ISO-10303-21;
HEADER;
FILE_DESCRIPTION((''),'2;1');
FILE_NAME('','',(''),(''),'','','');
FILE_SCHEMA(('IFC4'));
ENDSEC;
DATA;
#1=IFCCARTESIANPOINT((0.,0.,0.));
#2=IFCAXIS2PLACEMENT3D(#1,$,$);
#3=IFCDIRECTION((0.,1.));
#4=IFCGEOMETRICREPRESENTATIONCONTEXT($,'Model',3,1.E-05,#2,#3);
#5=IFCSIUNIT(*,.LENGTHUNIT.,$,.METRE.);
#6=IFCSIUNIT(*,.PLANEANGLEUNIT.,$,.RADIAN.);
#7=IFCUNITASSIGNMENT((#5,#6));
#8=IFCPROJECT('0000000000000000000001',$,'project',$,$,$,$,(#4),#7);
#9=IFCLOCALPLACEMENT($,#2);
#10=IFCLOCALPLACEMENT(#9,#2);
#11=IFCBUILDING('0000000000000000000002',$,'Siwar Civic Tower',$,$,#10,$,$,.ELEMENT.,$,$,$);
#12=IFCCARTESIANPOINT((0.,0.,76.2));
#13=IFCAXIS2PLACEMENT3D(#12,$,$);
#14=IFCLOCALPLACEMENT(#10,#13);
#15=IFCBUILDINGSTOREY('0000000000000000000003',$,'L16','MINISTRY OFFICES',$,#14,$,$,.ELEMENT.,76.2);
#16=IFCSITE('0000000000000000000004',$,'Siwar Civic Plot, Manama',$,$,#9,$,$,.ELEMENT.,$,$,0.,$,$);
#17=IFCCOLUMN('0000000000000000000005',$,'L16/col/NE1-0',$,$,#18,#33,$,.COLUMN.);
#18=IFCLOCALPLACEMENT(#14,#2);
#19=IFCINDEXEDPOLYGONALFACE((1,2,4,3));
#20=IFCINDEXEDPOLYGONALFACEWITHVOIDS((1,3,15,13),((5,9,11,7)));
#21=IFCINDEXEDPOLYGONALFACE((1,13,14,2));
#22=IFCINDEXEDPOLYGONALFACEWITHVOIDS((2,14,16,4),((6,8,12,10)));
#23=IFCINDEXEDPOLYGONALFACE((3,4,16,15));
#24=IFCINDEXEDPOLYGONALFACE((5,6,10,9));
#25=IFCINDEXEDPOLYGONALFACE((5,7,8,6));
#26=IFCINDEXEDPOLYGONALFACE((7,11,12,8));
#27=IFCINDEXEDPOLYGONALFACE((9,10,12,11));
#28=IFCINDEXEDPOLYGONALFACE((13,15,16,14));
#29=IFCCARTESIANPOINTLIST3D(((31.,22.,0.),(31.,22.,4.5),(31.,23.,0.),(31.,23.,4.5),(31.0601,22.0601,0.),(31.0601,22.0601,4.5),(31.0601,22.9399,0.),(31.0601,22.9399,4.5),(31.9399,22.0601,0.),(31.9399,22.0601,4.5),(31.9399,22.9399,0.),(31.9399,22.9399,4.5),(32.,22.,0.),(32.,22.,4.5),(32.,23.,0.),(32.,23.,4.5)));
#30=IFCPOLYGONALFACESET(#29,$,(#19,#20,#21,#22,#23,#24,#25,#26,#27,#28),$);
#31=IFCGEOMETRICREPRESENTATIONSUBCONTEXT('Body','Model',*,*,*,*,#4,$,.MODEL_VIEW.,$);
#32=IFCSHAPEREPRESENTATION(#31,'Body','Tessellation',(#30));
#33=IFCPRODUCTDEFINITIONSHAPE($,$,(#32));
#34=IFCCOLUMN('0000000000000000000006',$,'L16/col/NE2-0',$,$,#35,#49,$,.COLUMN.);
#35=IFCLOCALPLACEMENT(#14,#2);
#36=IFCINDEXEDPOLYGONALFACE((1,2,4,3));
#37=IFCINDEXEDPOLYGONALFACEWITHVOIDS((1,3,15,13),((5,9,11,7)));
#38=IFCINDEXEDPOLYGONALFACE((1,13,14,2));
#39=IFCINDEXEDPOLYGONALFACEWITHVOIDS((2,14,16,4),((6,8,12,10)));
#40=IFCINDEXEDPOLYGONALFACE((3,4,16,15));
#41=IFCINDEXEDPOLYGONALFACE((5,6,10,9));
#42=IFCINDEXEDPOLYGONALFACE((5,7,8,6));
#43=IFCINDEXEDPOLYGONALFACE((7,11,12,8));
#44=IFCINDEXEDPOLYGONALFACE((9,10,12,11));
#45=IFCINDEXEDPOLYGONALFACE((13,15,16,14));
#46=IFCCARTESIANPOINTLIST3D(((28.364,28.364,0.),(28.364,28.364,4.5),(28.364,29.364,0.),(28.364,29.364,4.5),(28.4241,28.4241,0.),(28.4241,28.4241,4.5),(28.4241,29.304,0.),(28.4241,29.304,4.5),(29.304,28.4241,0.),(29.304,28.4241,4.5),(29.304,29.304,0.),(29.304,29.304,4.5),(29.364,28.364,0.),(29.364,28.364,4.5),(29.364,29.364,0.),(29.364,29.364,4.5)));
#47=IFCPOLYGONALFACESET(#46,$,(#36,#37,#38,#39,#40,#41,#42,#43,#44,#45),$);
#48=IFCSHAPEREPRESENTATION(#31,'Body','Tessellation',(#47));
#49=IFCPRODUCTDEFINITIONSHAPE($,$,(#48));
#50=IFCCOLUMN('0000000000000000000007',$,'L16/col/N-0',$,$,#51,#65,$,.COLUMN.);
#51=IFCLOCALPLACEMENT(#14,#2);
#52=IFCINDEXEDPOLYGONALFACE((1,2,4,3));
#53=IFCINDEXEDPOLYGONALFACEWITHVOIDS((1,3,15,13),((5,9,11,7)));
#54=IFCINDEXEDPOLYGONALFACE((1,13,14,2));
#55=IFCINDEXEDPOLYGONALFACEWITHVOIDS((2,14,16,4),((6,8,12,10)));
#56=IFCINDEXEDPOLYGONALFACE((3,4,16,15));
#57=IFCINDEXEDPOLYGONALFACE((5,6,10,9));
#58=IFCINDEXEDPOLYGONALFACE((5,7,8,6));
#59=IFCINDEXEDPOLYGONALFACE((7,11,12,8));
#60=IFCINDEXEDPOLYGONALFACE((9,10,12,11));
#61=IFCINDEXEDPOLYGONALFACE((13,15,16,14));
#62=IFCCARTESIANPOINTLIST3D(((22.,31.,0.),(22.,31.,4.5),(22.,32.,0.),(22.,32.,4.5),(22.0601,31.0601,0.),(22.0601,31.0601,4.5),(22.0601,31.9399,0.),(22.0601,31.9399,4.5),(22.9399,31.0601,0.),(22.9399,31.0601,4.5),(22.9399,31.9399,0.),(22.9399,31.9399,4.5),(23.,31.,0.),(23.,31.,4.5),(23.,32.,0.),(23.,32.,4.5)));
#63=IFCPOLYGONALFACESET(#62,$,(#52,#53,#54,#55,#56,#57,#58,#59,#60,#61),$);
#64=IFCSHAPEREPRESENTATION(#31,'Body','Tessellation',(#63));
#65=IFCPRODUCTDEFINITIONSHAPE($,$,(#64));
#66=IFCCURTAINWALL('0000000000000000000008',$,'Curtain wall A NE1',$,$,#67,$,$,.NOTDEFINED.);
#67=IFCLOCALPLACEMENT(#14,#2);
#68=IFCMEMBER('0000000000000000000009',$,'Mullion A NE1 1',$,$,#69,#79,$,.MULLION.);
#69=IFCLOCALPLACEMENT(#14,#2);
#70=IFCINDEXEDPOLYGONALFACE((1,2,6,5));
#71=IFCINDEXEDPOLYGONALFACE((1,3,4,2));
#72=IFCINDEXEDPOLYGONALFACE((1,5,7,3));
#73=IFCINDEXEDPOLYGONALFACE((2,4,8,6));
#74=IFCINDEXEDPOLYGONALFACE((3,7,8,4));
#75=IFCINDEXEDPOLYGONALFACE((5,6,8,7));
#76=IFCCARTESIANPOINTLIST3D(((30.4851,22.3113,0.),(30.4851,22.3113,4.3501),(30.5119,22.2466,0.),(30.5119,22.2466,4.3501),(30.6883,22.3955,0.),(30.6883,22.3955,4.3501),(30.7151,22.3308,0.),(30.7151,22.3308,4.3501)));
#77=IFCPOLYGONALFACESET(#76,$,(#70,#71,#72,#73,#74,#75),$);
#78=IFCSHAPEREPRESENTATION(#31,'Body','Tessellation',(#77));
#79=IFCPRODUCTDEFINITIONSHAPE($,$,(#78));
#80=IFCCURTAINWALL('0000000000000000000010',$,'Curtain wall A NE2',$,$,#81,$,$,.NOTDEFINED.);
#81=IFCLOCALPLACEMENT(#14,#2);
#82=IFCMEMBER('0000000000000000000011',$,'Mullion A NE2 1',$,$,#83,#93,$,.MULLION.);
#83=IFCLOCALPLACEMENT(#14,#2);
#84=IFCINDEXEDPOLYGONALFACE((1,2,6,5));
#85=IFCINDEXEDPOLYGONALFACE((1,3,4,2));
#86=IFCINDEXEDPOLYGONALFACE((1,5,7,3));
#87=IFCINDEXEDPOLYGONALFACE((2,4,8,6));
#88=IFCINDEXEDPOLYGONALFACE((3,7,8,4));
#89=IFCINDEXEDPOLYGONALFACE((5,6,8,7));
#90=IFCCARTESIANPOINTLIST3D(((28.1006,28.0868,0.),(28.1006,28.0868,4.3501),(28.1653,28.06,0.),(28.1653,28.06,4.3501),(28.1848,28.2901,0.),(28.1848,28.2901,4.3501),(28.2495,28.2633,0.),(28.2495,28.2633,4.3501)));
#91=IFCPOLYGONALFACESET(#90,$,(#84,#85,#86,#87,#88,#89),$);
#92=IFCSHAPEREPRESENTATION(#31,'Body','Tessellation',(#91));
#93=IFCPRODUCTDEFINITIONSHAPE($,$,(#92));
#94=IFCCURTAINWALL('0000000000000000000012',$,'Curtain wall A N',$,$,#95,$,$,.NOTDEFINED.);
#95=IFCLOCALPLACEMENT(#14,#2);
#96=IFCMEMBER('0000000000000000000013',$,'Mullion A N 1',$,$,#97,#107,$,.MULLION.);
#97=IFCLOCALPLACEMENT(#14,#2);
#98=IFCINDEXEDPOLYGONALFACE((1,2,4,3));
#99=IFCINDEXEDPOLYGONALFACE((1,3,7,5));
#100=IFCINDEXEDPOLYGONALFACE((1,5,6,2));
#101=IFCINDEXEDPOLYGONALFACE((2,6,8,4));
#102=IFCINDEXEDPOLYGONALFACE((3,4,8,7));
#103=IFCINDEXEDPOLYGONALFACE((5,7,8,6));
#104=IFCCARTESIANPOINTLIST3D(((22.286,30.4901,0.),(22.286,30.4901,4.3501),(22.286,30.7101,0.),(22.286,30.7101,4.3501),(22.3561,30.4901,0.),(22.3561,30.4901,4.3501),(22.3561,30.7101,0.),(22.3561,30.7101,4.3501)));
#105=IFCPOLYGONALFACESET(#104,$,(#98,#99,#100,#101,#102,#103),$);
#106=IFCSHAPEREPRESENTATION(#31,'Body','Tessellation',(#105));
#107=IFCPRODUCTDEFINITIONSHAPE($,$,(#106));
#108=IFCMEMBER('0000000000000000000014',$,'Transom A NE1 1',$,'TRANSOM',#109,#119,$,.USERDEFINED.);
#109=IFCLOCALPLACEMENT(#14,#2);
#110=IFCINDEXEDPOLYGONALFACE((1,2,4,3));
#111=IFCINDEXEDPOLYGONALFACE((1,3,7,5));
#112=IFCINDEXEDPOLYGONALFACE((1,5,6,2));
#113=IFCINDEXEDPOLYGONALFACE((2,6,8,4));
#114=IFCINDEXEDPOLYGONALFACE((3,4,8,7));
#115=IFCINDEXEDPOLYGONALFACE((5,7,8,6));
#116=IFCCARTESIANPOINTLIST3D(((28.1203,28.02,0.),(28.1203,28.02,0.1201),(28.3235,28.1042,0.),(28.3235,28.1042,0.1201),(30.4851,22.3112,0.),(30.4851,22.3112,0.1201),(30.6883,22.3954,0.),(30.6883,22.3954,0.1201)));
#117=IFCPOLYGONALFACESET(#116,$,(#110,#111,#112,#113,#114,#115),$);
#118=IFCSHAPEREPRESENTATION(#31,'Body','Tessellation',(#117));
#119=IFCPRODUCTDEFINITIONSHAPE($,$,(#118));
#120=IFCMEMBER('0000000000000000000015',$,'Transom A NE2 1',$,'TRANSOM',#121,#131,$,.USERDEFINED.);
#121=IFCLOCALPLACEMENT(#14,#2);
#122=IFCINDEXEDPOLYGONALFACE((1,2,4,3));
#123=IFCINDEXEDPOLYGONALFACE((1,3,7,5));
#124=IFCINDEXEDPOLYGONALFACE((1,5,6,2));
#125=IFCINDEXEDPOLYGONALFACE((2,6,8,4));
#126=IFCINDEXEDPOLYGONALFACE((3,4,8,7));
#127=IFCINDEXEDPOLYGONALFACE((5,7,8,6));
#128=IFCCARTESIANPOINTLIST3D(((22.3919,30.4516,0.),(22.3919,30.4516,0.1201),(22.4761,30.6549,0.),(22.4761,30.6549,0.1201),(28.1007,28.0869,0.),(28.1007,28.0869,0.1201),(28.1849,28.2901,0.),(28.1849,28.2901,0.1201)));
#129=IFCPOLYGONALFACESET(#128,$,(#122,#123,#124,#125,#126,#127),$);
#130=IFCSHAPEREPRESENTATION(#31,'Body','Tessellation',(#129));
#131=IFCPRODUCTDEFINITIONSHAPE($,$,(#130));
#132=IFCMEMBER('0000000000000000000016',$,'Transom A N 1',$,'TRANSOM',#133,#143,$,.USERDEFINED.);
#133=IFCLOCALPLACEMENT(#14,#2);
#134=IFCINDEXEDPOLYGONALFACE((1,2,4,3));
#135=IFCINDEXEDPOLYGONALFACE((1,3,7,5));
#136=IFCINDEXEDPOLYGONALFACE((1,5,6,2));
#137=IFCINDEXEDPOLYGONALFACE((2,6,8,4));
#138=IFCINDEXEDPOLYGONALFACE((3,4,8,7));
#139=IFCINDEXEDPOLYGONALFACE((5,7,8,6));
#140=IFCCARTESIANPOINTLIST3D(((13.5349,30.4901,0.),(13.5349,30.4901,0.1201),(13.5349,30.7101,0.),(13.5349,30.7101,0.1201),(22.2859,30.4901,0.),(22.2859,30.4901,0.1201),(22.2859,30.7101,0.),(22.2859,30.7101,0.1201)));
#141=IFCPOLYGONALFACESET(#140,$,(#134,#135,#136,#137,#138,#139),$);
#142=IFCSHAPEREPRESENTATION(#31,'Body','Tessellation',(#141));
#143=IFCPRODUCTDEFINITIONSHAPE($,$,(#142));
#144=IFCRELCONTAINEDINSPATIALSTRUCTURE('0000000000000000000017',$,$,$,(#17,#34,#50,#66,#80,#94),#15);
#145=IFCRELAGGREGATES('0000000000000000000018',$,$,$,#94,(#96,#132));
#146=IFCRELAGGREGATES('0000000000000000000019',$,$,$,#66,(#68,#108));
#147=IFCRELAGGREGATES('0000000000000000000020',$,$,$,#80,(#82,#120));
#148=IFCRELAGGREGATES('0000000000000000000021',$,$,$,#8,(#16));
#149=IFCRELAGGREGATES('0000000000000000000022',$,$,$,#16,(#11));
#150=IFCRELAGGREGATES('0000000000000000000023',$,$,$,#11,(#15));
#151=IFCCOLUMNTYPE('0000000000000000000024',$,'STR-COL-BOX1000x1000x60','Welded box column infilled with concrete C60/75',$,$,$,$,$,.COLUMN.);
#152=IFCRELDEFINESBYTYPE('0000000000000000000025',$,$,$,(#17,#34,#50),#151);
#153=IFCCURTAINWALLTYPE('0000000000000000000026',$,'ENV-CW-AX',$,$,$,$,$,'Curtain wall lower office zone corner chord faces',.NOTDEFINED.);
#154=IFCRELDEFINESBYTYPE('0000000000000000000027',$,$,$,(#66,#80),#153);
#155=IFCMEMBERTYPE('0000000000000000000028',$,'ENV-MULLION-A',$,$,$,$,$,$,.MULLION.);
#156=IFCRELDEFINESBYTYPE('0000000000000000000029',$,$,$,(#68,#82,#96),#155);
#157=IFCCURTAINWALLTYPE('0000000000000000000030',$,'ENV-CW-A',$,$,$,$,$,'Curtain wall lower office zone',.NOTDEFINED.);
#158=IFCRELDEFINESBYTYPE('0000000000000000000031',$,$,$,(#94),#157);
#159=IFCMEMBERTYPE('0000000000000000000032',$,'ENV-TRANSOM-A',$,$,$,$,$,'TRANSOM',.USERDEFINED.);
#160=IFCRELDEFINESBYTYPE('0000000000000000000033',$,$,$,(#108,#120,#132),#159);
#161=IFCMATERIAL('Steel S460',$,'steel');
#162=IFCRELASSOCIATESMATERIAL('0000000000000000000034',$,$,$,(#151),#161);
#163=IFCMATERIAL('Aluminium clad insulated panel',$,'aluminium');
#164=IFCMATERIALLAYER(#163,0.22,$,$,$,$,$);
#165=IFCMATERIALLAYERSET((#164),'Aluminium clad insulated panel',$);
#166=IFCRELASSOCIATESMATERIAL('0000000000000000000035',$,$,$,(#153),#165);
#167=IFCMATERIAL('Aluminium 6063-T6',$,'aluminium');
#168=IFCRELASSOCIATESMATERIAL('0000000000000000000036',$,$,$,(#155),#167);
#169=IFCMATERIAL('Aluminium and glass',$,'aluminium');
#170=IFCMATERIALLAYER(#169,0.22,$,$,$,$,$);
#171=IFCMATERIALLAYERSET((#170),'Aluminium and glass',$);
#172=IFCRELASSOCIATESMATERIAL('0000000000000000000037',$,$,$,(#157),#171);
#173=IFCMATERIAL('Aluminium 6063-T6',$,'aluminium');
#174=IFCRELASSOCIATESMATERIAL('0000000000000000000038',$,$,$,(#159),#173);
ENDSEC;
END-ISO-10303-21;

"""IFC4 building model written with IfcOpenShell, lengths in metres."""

from ifc_helpers import new_model, si_unit, direction, frame, origin, origin_2d, place, context, subcontext, project, spatial, rectangle, hollow_rectangle, extrude, material, layer, layer_set, material_profile, profile_set, type_object, element, aggregate, save


model = new_model("IFC4")

# Units and contexts
model_context = context("Model", 3, precision=1e-05, world=origin(), true_north=direction((0.0, 1.0)))
body_context = subcontext(model_context, "Body", "Model", "MODEL_VIEW")
ifc_project = project(units=[si_unit("LENGTHUNIT", "METRE"), si_unit("PLANEANGLEUNIT", "RADIAN")], contexts=[model_context])

# Site, building, storey
site_placement = place(None, origin())
site = spatial("IfcSite", under=ifc_project, at=site_placement, Name="Siwar Civic Plot, Manama", CompositionType="ELEMENT", RefElevation=0.0)
building_placement = place(site_placement, origin())
building = spatial("IfcBuilding", under=site, at=building_placement, Name="Siwar Civic Tower", CompositionType="ELEMENT")
storey_placement = place(building_placement, frame((0.0, 0.0, 76.2)))
storey = spatial("IfcBuildingStorey", under=building, at=storey_placement, Name="L16", Description="MINISTRY OFFICES", CompositionType="ELEMENT", Elevation=76.2)

# Columns
ifc_material_1 = material(Name="Steel S460", Category="steel")
ifc_material_profile_1 = material_profile(ifc_material_1, hollow_rectangle(XDim=1.0, YDim=1.0, WallThickness=0.0601, at=origin_2d()), Name="BOX1000x1000x60")
ifc_profile_set_1 = profile_set([ifc_material_profile_1], Name="Steel S460")
column_type = type_object("IfcColumnType", Name="STR-COL-BOX1000x1000x60", Description="Welded box column infilled with concrete C60/75", PredefinedType="COLUMN", material=ifc_profile_set_1)
for number, where, z_axis, x_axis, name in (
    (1, (31.5, 22.5, 0.0), (0.0, 0.0, 1.0), (1.0, 0.0, 0.0), "L16/col/NE1-0"),
    (2, (28.864, 28.864, 0.0), (0.0, 0.0, 1.0), (1.0, 0.0, 0.0), "L16/col/NE2-0"),
    (3, (22.5, 31.5, 0.0), (0.0, 0.0, 1.0), (1.0, 0.0, 0.0), "L16/col/N-0"),
):
    element("IfcColumn", number, at=place(storey_placement, frame(where, z_axis=z_axis, x_axis=x_axis)), inside=storey, type_object=column_type, Name=name, PredefinedType="COLUMN", context=body_context, shape_type="SweptSolid", body=[
        extrude(hollow_rectangle(XDim=1.0, YDim=1.0, WallThickness=0.0601, at=origin_2d()), origin(), (0.0, 0.0, 1.0), 4.5),
    ])

# Curtain walls, members
ifc_material_2 = material(Name="Aluminium clad insulated panel", Category="aluminium")
ifc_layer_1 = layer(ifc_material_2, 0.22)
ifc_layer_set_1 = layer_set([ifc_layer_1], Name="Aluminium clad insulated panel")
curtain_wall_type_1 = type_object("IfcCurtainWallType", Name="ENV-CW-AX", ElementType="Curtain wall lower office zone corner chord faces", PredefinedType="NOTDEFINED", material=ifc_layer_set_1)
curtain_wall_1_placement = place(storey_placement, origin())
curtain_wall_1 = element("IfcCurtainWall", 4, at=curtain_wall_1_placement, inside=storey, type_object=curtain_wall_type_1, Name="Curtain wall A NE1", PredefinedType="NOTDEFINED")
ifc_material_3 = material(Name="Aluminium 6063-T6", Category="aluminium")
ifc_material_profile_2 = material_profile(ifc_material_3, rectangle(XDim=0.22, YDim=0.0701, at=origin_2d()), Name="AL 220x70")
ifc_profile_set_2 = profile_set([ifc_material_profile_2], Name="Aluminium 6063-T6")
member_type_1 = type_object("IfcMemberType", Name="ENV-MULLION-A", PredefinedType="MULLION", material=ifc_profile_set_2)
member_1_placement = place(storey_placement, frame((30.6001, 22.321, 0.0), z_axis=(0.0, 0.0, 1.0), x_axis=(-0.92388, -0.382683, 0.0)))
member_1 = element("IfcMember", 5, at=member_1_placement, type_object=member_type_1, Name="Mullion A NE1 1", PredefinedType="MULLION", context=body_context, shape_type="SweptSolid", body=[
    extrude(rectangle(XDim=0.22, YDim=0.0701, at=origin_2d()), origin(), (0.0, 0.0, 1.0), 4.3501),
])
curtain_wall_2_placement = place(storey_placement, origin())
curtain_wall_2 = element("IfcCurtainWall", 6, at=curtain_wall_2_placement, inside=storey, type_object=curtain_wall_type_1, Name="Curtain wall A NE2", PredefinedType="NOTDEFINED")
member_2_placement = place(storey_placement, frame((28.175, 28.175, 0.0), z_axis=(0.0, 0.0, 1.0), x_axis=(-0.382683, -0.92388, 0.0)))
member_2 = element("IfcMember", 7, at=member_2_placement, type_object=member_type_1, Name="Mullion A NE2 1", PredefinedType="MULLION", context=body_context, shape_type="SweptSolid", body=[
    extrude(rectangle(XDim=0.22, YDim=0.0701, at=origin_2d()), origin(), (0.0, 0.0, 1.0), 4.3501),
])
ifc_material_4 = material(Name="Aluminium and glass", Category="aluminium")
ifc_layer_2 = layer(ifc_material_4, 0.22)
ifc_layer_set_2 = layer_set([ifc_layer_2], Name="Aluminium and glass")
curtain_wall_type_2 = type_object("IfcCurtainWallType", Name="ENV-CW-A", ElementType="Curtain wall lower office zone", PredefinedType="NOTDEFINED", material=ifc_layer_set_2)
curtain_wall_3_placement = place(storey_placement, origin())
curtain_wall_3 = element("IfcCurtainWall", 8, at=curtain_wall_3_placement, inside=storey, type_object=curtain_wall_type_2, Name="Curtain wall A N", PredefinedType="NOTDEFINED")
member_3_placement = place(storey_placement, frame((22.321, 30.6001, 0.0), z_axis=(0.0, 0.0, 1.0), x_axis=(0.0, -1.0, 0.0)))
member_3 = element("IfcMember", 9, at=member_3_placement, type_object=member_type_1, Name="Mullion A N 1", PredefinedType="MULLION", context=body_context, shape_type="SweptSolid", body=[
    extrude(rectangle(XDim=0.22, YDim=0.0701, at=origin_2d()), origin(), (0.0, 0.0, 1.0), 4.3501),
])

# Members
ifc_material_5 = material(Name="Aluminium 6063-T6", Category="aluminium")
ifc_material_profile_3 = material_profile(ifc_material_5, rectangle(XDim=0.22, YDim=0.1201, at=origin_2d()), Name="AL 220x120")
ifc_profile_set_3 = profile_set([ifc_material_profile_3], Name="Aluminium 6063-T6")
member_type_2 = type_object("IfcMemberType", Name="ENV-TRANSOM-A", ElementType="TRANSOM", PredefinedType="USERDEFINED", material=ifc_profile_set_3)
member_4_placement = place(storey_placement, frame((30.5867, 22.3533, 0.0601), z_axis=(-0.382698, 0.923873, 0.0), x_axis=(-0.923873, -0.382698, 0.0)))
member_4 = element("IfcMember", 10, at=member_4_placement, type_object=member_type_2, Name="Transom A NE1 1", ObjectType="TRANSOM", PredefinedType="USERDEFINED", context=body_context, shape_type="SweptSolid", body=[
    extrude(rectangle(XDim=0.22, YDim=0.1201, at=origin_2d()), origin(), (0.0, 0.0, 1.0), 6.1792),
])
member_5_placement = place(storey_placement, frame((28.1428, 28.1885, 0.0601), z_axis=(-0.923873, 0.382698, 0.0), x_axis=(-0.382698, -0.923873, 0.0)))
member_5 = element("IfcMember", 11, at=member_5_placement, type_object=member_type_2, Name="Transom A NE2 1", ObjectType="TRANSOM", PredefinedType="USERDEFINED", context=body_context, shape_type="SweptSolid", body=[
    extrude(rectangle(XDim=0.22, YDim=0.1201, at=origin_2d()), origin(), (0.0, 0.0, 1.0), 6.1792),
])
member_6_placement = place(storey_placement, frame((22.2859, 30.6001, 0.0601), z_axis=(-1.0, 0.0, 0.0), x_axis=(0.0, -1.0, 0.0)))
member_6 = element("IfcMember", 12, at=member_6_placement, type_object=member_type_2, Name="Transom A N 1", ObjectType="TRANSOM", PredefinedType="USERDEFINED", context=body_context, shape_type="SweptSolid", body=[
    extrude(rectangle(XDim=0.22, YDim=0.1201, at=origin_2d()), origin(), (0.0, 0.0, 1.0), 8.751),
])

aggregate(curtain_wall_3, [member_3, member_6])
aggregate(curtain_wall_1, [member_1, member_4])
aggregate(curtain_wall_2, [member_2, member_5])

save(model, "model.ifc")
